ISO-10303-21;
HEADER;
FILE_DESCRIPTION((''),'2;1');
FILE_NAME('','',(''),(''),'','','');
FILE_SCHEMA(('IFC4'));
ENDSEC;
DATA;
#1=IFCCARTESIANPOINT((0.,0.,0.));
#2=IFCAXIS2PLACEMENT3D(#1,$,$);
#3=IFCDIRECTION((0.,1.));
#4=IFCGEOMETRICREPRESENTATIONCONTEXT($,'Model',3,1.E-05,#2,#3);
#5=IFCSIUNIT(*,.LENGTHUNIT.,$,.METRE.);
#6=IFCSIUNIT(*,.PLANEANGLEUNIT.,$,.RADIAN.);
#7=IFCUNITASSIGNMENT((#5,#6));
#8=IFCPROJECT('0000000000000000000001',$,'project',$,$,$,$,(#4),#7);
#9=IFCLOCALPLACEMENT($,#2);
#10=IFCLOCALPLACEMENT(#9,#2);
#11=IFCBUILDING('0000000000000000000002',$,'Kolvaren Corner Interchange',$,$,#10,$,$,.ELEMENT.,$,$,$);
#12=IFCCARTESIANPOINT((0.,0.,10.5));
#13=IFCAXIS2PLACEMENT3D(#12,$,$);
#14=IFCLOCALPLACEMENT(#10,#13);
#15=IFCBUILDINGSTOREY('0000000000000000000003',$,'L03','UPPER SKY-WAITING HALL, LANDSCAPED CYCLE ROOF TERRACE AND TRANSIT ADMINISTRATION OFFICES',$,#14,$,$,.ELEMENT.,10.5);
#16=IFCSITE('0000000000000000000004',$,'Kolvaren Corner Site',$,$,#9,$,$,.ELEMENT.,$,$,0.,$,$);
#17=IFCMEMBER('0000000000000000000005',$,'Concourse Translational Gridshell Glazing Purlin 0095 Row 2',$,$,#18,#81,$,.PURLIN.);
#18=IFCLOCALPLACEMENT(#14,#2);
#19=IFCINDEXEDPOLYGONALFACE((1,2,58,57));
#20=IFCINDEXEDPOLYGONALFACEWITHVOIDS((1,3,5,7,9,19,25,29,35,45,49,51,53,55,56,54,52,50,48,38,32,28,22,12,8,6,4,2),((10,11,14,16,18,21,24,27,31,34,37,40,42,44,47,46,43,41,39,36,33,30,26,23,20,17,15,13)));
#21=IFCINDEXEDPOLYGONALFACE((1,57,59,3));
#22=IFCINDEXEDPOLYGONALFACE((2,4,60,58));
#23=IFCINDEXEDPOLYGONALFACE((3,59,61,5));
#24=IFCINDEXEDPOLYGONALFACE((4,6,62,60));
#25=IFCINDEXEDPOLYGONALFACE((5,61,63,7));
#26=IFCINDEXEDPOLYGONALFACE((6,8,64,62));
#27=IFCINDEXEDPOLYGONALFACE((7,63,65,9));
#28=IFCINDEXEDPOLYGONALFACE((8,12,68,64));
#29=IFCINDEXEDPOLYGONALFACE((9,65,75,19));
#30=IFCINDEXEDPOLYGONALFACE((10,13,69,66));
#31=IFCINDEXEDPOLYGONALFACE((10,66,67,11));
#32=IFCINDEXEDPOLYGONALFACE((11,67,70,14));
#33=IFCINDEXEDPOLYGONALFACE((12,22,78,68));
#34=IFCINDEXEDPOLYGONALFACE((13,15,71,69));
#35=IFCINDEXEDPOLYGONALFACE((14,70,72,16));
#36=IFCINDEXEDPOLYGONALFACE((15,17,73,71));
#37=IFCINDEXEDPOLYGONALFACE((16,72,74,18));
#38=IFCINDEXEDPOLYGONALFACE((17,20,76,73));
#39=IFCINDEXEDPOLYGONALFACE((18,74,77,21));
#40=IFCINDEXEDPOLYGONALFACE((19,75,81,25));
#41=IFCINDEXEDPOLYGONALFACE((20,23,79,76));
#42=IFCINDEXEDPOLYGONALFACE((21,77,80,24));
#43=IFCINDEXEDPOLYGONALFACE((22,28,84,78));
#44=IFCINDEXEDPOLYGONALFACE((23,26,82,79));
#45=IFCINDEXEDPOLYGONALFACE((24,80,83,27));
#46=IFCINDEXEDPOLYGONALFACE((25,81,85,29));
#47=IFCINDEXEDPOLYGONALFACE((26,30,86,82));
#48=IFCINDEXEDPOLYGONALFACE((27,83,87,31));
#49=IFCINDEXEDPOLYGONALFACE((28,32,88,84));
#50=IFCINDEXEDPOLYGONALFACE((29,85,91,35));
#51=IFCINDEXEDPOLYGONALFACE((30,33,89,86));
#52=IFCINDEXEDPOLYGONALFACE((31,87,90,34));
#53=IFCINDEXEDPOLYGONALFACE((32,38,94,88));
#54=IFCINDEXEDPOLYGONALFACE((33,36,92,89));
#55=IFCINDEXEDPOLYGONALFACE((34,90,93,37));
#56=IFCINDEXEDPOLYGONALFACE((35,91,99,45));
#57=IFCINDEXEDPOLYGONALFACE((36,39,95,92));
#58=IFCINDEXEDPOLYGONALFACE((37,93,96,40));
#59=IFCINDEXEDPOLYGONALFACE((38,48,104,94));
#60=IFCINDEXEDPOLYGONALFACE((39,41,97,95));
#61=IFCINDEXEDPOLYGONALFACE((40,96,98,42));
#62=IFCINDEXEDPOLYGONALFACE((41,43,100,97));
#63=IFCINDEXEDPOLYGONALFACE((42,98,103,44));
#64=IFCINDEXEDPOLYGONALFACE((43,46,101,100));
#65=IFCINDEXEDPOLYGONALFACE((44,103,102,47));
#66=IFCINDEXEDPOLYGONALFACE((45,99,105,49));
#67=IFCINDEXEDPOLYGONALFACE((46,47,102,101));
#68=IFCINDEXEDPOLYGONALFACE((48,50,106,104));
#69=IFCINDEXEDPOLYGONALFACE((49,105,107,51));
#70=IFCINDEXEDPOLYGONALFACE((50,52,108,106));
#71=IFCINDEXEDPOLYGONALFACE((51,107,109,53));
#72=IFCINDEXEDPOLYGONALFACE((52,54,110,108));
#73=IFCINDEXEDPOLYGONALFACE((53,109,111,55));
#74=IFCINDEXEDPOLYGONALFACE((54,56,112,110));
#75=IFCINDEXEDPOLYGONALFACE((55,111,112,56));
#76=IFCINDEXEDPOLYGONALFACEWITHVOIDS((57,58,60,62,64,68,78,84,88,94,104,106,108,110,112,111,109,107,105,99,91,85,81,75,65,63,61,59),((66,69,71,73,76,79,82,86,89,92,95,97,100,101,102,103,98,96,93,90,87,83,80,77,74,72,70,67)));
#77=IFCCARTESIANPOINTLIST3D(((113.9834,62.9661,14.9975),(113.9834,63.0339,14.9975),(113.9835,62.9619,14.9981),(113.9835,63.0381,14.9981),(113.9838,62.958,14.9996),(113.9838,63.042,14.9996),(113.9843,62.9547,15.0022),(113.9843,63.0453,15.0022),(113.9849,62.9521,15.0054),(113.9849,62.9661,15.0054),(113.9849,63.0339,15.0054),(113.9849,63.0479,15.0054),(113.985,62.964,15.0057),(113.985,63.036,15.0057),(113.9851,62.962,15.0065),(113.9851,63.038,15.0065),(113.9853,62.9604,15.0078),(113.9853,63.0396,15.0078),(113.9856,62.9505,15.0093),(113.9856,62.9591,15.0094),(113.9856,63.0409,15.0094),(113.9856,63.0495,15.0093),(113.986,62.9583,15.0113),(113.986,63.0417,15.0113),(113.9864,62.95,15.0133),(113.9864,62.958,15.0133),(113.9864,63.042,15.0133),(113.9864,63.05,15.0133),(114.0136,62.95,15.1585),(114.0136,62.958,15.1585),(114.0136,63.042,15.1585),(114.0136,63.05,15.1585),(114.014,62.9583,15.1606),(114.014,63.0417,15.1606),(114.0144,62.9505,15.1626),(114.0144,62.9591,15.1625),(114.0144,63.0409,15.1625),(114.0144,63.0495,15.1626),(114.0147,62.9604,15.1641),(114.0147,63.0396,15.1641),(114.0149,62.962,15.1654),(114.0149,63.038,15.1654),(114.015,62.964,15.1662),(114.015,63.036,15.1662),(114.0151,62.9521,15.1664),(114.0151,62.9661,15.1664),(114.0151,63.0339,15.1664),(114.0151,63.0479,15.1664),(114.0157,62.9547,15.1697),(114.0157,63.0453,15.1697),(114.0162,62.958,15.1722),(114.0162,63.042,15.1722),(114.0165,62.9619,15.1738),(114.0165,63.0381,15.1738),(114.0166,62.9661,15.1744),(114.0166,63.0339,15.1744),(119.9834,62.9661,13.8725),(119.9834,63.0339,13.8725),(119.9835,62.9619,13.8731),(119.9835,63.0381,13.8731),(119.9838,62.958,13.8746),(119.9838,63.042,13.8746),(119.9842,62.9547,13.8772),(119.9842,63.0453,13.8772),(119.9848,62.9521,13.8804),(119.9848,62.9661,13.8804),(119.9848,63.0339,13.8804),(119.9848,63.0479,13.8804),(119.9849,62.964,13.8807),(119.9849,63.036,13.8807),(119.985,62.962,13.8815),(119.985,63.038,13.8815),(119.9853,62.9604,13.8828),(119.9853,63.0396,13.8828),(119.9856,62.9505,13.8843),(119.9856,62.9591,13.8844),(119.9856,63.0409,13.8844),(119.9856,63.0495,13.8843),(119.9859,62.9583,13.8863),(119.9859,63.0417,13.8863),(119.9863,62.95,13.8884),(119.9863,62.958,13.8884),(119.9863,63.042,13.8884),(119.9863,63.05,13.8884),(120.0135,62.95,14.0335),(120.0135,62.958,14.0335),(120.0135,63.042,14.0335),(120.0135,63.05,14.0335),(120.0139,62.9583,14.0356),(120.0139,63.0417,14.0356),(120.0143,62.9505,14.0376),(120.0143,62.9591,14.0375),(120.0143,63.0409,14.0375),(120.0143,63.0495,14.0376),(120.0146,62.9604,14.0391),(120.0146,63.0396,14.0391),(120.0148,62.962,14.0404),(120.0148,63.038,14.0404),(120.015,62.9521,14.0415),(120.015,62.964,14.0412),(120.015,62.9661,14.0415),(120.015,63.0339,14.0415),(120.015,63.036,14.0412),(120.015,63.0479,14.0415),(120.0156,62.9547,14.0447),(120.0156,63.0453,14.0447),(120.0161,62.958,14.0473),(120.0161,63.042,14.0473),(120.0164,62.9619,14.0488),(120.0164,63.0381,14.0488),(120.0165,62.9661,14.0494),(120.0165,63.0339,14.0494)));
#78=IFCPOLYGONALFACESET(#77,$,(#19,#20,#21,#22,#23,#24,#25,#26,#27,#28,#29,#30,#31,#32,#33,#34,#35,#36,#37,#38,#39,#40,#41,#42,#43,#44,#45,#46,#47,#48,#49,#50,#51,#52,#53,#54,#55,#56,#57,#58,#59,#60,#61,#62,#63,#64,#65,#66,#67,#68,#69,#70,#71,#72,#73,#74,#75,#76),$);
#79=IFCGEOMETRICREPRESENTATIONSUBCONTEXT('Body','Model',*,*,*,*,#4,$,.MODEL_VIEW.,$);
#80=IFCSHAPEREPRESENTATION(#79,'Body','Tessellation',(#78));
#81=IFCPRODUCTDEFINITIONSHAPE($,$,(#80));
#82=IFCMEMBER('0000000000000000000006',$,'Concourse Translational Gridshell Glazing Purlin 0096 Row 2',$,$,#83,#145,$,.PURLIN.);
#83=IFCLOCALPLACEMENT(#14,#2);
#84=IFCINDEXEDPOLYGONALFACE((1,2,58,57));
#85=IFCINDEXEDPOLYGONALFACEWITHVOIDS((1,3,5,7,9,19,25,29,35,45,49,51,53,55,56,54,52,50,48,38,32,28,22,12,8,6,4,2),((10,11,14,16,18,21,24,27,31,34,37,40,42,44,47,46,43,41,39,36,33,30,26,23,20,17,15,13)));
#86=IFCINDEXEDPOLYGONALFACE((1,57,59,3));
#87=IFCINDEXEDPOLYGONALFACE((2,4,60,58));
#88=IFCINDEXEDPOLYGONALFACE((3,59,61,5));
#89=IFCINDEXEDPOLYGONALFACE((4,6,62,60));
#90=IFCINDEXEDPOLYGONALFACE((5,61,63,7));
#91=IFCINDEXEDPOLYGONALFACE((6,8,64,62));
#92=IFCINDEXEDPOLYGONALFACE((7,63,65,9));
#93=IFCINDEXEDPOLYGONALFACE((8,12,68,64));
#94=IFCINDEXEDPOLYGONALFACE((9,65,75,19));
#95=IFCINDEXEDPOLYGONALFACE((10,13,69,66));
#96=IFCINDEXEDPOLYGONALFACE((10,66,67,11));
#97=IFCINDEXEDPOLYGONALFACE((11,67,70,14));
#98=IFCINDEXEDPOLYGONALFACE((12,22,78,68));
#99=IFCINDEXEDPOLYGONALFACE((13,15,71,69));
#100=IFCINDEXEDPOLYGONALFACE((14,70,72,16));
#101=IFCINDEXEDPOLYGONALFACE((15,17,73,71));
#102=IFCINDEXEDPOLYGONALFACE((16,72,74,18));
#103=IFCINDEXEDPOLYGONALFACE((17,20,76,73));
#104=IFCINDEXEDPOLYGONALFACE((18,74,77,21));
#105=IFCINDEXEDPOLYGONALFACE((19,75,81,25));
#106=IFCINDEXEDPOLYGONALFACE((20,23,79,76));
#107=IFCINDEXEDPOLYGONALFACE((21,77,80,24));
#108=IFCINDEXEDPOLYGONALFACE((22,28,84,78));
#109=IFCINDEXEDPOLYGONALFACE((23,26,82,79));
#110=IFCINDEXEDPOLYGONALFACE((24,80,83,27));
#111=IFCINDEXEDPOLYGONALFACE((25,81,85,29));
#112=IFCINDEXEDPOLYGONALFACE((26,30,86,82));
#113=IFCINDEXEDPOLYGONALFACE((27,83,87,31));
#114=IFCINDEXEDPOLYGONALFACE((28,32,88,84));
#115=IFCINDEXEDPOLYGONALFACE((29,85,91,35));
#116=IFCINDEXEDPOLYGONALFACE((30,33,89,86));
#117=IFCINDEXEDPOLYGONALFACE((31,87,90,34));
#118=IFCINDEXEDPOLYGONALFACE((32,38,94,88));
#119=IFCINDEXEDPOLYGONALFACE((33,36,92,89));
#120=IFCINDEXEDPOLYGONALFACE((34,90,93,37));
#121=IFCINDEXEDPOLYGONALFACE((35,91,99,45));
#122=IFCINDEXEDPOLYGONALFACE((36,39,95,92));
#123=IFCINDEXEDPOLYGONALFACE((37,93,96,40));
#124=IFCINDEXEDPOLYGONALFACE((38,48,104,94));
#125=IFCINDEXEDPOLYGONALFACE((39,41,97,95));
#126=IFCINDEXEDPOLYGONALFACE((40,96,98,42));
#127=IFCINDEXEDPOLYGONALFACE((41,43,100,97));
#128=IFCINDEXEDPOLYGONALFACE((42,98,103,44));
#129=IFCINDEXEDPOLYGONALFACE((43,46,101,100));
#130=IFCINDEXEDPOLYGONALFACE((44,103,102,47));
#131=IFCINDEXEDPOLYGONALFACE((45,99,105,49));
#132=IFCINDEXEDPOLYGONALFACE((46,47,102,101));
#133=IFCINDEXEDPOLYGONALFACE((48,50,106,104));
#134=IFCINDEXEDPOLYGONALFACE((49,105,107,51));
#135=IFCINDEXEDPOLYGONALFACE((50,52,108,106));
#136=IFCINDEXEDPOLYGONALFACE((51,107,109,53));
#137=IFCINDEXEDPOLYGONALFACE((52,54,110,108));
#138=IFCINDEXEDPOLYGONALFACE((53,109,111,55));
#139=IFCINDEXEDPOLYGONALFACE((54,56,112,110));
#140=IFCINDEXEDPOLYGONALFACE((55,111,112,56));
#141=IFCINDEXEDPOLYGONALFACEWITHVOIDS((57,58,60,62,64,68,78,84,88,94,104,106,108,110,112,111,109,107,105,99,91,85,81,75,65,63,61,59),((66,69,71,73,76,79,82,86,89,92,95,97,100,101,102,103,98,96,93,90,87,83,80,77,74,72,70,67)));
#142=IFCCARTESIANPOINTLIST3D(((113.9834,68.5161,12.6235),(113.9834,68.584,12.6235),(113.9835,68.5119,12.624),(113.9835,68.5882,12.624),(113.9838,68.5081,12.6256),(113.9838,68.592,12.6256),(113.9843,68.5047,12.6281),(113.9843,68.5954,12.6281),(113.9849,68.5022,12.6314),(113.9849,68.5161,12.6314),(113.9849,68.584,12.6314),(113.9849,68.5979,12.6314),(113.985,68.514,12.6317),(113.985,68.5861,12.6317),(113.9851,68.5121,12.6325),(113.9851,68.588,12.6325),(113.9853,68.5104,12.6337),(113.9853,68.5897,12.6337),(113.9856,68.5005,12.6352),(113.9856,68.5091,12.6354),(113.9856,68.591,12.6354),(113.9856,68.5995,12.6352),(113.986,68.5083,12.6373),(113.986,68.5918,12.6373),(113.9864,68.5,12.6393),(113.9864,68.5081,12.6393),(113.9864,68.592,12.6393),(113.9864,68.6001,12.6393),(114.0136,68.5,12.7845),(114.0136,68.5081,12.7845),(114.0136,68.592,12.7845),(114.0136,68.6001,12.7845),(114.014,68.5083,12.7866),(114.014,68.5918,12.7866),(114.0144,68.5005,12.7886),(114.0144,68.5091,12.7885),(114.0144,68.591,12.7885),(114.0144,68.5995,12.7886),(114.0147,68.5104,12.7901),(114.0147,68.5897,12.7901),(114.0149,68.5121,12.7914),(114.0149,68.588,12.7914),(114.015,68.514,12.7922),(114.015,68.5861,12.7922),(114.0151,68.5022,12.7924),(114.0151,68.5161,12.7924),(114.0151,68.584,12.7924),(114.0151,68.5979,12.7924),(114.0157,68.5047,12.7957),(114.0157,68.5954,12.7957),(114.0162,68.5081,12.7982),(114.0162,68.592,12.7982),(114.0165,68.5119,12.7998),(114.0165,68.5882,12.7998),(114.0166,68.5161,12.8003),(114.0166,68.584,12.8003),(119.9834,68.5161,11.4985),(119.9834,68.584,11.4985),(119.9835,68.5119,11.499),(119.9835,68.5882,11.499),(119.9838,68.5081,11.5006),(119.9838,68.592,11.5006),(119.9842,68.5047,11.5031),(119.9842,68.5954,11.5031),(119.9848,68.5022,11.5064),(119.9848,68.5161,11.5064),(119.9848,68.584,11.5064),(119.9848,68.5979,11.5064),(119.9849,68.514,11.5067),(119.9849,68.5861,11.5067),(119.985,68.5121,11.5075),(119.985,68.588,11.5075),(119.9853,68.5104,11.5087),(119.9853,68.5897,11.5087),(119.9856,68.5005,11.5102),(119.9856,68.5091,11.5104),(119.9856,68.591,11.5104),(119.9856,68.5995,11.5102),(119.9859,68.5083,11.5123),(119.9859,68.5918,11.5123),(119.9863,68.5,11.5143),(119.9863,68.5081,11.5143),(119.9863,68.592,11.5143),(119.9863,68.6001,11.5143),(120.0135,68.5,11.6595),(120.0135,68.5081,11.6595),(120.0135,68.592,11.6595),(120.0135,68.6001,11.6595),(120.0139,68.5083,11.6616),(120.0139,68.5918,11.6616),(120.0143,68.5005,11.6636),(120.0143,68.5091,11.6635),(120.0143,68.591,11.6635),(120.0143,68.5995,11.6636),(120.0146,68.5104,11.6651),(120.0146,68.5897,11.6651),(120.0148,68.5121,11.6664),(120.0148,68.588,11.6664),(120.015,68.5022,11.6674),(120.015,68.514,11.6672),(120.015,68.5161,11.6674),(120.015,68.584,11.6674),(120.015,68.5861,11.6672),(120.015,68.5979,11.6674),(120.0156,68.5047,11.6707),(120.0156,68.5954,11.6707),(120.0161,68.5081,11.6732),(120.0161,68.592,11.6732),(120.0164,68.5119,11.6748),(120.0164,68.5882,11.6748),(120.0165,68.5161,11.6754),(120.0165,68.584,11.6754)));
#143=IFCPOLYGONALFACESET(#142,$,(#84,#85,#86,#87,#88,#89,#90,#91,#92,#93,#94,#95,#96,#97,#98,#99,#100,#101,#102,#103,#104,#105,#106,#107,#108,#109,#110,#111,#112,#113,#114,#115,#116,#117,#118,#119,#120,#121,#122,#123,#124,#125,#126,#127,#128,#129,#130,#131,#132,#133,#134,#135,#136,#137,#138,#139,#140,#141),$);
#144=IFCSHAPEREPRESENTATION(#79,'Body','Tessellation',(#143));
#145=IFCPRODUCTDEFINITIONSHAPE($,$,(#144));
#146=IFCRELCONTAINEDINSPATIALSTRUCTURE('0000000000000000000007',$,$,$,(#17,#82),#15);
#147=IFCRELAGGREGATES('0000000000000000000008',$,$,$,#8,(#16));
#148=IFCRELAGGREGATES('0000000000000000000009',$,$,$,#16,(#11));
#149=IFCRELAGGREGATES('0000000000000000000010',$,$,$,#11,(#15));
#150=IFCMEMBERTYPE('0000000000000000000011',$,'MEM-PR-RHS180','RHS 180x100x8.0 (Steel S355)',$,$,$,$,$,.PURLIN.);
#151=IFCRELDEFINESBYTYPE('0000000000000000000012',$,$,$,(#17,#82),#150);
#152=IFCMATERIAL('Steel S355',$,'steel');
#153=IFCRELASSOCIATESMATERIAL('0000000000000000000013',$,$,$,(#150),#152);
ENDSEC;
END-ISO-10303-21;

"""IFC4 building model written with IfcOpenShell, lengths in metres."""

from ifc_helpers import new_model, si_unit, direction, frame, origin, origin_2d, place, context, subcontext, project, spatial, hollow_rectangle, extrude, material, material_profile, profile_set, type_object, element, save


model = new_model("IFC4")

# Units and contexts
model_context = context("Model", 3, precision=1e-05, world=origin(), true_north=direction((0.0, 1.0)))
body_context = subcontext(model_context, "Body", "Model", "MODEL_VIEW")
ifc_project = project(units=[si_unit("LENGTHUNIT", "METRE"), si_unit("PLANEANGLEUNIT", "RADIAN")], contexts=[model_context])

# Site, building, storey
site_placement = place(None, origin())
site = spatial("IfcSite", under=ifc_project, at=site_placement, Name="Kolvaren Corner Site", CompositionType="ELEMENT", RefElevation=0.0)
building_placement = place(site_placement, origin())
building = spatial("IfcBuilding", under=site, at=building_placement, Name="Kolvaren Corner Interchange", CompositionType="ELEMENT")
storey_placement = place(building_placement, frame((0.0, 0.0, 10.5)))
storey = spatial("IfcBuildingStorey", under=building, at=storey_placement, Name="L03", Description="UPPER SKY-WAITING HALL, LANDSCAPED CYCLE ROOF TERRACE AND TRANSIT ADMINISTRATION OFFICES", CompositionType="ELEMENT", Elevation=10.5)

# Members
ifc_material_1 = material(Name="Steel S355", Category="steel")
ifc_material_profile_1 = material_profile(ifc_material_1, hollow_rectangle(XDim=0.1001, YDim=0.1799, WallThickness=0.0081, InnerFilletRadius=0.0081, OuterFilletRadius=0.0161, at=origin_2d()), Name="RHS 180x100x8.0")
ifc_profile_set_1 = profile_set([ifc_material_profile_1], Name="Steel S355")
member_type_1 = type_object("IfcMemberType", Name="MEM-PR-RHS180", Description="RHS 180x100x8.0 (Steel S355)", PredefinedType="PURLIN", material=ifc_profile_set_1)
for number, where, z_axis, x_axis, name in (
    (1, (114.0, 63.0, 15.0859), (0.982872, 0.0, -0.184289), (0.0, 1.0, 0.0), "Concourse Translational Gridshell Glazing Purlin 0095 Row 2"),
    (2, (114.0, 68.55, 12.7119), (0.982872, 0.0, -0.184289), (0.0, 1.0, 0.0), "Concourse Translational Gridshell Glazing Purlin 0096 Row 2"),
):
    element("IfcMember", number, at=place(storey_placement, frame(where, z_axis=z_axis, x_axis=x_axis)), inside=storey, type_object=member_type_1, Name=name, PredefinedType="PURLIN", context=body_context, shape_type="SweptSolid", body=[
        extrude(hollow_rectangle(XDim=0.1001, YDim=0.1799, WallThickness=0.0081, InnerFilletRadius=0.0081, OuterFilletRadius=0.0161, at=origin_2d()), origin(), (0.0, 0.0, 1.0), 6.1045),
    ])

save(model, "model.ifc")
